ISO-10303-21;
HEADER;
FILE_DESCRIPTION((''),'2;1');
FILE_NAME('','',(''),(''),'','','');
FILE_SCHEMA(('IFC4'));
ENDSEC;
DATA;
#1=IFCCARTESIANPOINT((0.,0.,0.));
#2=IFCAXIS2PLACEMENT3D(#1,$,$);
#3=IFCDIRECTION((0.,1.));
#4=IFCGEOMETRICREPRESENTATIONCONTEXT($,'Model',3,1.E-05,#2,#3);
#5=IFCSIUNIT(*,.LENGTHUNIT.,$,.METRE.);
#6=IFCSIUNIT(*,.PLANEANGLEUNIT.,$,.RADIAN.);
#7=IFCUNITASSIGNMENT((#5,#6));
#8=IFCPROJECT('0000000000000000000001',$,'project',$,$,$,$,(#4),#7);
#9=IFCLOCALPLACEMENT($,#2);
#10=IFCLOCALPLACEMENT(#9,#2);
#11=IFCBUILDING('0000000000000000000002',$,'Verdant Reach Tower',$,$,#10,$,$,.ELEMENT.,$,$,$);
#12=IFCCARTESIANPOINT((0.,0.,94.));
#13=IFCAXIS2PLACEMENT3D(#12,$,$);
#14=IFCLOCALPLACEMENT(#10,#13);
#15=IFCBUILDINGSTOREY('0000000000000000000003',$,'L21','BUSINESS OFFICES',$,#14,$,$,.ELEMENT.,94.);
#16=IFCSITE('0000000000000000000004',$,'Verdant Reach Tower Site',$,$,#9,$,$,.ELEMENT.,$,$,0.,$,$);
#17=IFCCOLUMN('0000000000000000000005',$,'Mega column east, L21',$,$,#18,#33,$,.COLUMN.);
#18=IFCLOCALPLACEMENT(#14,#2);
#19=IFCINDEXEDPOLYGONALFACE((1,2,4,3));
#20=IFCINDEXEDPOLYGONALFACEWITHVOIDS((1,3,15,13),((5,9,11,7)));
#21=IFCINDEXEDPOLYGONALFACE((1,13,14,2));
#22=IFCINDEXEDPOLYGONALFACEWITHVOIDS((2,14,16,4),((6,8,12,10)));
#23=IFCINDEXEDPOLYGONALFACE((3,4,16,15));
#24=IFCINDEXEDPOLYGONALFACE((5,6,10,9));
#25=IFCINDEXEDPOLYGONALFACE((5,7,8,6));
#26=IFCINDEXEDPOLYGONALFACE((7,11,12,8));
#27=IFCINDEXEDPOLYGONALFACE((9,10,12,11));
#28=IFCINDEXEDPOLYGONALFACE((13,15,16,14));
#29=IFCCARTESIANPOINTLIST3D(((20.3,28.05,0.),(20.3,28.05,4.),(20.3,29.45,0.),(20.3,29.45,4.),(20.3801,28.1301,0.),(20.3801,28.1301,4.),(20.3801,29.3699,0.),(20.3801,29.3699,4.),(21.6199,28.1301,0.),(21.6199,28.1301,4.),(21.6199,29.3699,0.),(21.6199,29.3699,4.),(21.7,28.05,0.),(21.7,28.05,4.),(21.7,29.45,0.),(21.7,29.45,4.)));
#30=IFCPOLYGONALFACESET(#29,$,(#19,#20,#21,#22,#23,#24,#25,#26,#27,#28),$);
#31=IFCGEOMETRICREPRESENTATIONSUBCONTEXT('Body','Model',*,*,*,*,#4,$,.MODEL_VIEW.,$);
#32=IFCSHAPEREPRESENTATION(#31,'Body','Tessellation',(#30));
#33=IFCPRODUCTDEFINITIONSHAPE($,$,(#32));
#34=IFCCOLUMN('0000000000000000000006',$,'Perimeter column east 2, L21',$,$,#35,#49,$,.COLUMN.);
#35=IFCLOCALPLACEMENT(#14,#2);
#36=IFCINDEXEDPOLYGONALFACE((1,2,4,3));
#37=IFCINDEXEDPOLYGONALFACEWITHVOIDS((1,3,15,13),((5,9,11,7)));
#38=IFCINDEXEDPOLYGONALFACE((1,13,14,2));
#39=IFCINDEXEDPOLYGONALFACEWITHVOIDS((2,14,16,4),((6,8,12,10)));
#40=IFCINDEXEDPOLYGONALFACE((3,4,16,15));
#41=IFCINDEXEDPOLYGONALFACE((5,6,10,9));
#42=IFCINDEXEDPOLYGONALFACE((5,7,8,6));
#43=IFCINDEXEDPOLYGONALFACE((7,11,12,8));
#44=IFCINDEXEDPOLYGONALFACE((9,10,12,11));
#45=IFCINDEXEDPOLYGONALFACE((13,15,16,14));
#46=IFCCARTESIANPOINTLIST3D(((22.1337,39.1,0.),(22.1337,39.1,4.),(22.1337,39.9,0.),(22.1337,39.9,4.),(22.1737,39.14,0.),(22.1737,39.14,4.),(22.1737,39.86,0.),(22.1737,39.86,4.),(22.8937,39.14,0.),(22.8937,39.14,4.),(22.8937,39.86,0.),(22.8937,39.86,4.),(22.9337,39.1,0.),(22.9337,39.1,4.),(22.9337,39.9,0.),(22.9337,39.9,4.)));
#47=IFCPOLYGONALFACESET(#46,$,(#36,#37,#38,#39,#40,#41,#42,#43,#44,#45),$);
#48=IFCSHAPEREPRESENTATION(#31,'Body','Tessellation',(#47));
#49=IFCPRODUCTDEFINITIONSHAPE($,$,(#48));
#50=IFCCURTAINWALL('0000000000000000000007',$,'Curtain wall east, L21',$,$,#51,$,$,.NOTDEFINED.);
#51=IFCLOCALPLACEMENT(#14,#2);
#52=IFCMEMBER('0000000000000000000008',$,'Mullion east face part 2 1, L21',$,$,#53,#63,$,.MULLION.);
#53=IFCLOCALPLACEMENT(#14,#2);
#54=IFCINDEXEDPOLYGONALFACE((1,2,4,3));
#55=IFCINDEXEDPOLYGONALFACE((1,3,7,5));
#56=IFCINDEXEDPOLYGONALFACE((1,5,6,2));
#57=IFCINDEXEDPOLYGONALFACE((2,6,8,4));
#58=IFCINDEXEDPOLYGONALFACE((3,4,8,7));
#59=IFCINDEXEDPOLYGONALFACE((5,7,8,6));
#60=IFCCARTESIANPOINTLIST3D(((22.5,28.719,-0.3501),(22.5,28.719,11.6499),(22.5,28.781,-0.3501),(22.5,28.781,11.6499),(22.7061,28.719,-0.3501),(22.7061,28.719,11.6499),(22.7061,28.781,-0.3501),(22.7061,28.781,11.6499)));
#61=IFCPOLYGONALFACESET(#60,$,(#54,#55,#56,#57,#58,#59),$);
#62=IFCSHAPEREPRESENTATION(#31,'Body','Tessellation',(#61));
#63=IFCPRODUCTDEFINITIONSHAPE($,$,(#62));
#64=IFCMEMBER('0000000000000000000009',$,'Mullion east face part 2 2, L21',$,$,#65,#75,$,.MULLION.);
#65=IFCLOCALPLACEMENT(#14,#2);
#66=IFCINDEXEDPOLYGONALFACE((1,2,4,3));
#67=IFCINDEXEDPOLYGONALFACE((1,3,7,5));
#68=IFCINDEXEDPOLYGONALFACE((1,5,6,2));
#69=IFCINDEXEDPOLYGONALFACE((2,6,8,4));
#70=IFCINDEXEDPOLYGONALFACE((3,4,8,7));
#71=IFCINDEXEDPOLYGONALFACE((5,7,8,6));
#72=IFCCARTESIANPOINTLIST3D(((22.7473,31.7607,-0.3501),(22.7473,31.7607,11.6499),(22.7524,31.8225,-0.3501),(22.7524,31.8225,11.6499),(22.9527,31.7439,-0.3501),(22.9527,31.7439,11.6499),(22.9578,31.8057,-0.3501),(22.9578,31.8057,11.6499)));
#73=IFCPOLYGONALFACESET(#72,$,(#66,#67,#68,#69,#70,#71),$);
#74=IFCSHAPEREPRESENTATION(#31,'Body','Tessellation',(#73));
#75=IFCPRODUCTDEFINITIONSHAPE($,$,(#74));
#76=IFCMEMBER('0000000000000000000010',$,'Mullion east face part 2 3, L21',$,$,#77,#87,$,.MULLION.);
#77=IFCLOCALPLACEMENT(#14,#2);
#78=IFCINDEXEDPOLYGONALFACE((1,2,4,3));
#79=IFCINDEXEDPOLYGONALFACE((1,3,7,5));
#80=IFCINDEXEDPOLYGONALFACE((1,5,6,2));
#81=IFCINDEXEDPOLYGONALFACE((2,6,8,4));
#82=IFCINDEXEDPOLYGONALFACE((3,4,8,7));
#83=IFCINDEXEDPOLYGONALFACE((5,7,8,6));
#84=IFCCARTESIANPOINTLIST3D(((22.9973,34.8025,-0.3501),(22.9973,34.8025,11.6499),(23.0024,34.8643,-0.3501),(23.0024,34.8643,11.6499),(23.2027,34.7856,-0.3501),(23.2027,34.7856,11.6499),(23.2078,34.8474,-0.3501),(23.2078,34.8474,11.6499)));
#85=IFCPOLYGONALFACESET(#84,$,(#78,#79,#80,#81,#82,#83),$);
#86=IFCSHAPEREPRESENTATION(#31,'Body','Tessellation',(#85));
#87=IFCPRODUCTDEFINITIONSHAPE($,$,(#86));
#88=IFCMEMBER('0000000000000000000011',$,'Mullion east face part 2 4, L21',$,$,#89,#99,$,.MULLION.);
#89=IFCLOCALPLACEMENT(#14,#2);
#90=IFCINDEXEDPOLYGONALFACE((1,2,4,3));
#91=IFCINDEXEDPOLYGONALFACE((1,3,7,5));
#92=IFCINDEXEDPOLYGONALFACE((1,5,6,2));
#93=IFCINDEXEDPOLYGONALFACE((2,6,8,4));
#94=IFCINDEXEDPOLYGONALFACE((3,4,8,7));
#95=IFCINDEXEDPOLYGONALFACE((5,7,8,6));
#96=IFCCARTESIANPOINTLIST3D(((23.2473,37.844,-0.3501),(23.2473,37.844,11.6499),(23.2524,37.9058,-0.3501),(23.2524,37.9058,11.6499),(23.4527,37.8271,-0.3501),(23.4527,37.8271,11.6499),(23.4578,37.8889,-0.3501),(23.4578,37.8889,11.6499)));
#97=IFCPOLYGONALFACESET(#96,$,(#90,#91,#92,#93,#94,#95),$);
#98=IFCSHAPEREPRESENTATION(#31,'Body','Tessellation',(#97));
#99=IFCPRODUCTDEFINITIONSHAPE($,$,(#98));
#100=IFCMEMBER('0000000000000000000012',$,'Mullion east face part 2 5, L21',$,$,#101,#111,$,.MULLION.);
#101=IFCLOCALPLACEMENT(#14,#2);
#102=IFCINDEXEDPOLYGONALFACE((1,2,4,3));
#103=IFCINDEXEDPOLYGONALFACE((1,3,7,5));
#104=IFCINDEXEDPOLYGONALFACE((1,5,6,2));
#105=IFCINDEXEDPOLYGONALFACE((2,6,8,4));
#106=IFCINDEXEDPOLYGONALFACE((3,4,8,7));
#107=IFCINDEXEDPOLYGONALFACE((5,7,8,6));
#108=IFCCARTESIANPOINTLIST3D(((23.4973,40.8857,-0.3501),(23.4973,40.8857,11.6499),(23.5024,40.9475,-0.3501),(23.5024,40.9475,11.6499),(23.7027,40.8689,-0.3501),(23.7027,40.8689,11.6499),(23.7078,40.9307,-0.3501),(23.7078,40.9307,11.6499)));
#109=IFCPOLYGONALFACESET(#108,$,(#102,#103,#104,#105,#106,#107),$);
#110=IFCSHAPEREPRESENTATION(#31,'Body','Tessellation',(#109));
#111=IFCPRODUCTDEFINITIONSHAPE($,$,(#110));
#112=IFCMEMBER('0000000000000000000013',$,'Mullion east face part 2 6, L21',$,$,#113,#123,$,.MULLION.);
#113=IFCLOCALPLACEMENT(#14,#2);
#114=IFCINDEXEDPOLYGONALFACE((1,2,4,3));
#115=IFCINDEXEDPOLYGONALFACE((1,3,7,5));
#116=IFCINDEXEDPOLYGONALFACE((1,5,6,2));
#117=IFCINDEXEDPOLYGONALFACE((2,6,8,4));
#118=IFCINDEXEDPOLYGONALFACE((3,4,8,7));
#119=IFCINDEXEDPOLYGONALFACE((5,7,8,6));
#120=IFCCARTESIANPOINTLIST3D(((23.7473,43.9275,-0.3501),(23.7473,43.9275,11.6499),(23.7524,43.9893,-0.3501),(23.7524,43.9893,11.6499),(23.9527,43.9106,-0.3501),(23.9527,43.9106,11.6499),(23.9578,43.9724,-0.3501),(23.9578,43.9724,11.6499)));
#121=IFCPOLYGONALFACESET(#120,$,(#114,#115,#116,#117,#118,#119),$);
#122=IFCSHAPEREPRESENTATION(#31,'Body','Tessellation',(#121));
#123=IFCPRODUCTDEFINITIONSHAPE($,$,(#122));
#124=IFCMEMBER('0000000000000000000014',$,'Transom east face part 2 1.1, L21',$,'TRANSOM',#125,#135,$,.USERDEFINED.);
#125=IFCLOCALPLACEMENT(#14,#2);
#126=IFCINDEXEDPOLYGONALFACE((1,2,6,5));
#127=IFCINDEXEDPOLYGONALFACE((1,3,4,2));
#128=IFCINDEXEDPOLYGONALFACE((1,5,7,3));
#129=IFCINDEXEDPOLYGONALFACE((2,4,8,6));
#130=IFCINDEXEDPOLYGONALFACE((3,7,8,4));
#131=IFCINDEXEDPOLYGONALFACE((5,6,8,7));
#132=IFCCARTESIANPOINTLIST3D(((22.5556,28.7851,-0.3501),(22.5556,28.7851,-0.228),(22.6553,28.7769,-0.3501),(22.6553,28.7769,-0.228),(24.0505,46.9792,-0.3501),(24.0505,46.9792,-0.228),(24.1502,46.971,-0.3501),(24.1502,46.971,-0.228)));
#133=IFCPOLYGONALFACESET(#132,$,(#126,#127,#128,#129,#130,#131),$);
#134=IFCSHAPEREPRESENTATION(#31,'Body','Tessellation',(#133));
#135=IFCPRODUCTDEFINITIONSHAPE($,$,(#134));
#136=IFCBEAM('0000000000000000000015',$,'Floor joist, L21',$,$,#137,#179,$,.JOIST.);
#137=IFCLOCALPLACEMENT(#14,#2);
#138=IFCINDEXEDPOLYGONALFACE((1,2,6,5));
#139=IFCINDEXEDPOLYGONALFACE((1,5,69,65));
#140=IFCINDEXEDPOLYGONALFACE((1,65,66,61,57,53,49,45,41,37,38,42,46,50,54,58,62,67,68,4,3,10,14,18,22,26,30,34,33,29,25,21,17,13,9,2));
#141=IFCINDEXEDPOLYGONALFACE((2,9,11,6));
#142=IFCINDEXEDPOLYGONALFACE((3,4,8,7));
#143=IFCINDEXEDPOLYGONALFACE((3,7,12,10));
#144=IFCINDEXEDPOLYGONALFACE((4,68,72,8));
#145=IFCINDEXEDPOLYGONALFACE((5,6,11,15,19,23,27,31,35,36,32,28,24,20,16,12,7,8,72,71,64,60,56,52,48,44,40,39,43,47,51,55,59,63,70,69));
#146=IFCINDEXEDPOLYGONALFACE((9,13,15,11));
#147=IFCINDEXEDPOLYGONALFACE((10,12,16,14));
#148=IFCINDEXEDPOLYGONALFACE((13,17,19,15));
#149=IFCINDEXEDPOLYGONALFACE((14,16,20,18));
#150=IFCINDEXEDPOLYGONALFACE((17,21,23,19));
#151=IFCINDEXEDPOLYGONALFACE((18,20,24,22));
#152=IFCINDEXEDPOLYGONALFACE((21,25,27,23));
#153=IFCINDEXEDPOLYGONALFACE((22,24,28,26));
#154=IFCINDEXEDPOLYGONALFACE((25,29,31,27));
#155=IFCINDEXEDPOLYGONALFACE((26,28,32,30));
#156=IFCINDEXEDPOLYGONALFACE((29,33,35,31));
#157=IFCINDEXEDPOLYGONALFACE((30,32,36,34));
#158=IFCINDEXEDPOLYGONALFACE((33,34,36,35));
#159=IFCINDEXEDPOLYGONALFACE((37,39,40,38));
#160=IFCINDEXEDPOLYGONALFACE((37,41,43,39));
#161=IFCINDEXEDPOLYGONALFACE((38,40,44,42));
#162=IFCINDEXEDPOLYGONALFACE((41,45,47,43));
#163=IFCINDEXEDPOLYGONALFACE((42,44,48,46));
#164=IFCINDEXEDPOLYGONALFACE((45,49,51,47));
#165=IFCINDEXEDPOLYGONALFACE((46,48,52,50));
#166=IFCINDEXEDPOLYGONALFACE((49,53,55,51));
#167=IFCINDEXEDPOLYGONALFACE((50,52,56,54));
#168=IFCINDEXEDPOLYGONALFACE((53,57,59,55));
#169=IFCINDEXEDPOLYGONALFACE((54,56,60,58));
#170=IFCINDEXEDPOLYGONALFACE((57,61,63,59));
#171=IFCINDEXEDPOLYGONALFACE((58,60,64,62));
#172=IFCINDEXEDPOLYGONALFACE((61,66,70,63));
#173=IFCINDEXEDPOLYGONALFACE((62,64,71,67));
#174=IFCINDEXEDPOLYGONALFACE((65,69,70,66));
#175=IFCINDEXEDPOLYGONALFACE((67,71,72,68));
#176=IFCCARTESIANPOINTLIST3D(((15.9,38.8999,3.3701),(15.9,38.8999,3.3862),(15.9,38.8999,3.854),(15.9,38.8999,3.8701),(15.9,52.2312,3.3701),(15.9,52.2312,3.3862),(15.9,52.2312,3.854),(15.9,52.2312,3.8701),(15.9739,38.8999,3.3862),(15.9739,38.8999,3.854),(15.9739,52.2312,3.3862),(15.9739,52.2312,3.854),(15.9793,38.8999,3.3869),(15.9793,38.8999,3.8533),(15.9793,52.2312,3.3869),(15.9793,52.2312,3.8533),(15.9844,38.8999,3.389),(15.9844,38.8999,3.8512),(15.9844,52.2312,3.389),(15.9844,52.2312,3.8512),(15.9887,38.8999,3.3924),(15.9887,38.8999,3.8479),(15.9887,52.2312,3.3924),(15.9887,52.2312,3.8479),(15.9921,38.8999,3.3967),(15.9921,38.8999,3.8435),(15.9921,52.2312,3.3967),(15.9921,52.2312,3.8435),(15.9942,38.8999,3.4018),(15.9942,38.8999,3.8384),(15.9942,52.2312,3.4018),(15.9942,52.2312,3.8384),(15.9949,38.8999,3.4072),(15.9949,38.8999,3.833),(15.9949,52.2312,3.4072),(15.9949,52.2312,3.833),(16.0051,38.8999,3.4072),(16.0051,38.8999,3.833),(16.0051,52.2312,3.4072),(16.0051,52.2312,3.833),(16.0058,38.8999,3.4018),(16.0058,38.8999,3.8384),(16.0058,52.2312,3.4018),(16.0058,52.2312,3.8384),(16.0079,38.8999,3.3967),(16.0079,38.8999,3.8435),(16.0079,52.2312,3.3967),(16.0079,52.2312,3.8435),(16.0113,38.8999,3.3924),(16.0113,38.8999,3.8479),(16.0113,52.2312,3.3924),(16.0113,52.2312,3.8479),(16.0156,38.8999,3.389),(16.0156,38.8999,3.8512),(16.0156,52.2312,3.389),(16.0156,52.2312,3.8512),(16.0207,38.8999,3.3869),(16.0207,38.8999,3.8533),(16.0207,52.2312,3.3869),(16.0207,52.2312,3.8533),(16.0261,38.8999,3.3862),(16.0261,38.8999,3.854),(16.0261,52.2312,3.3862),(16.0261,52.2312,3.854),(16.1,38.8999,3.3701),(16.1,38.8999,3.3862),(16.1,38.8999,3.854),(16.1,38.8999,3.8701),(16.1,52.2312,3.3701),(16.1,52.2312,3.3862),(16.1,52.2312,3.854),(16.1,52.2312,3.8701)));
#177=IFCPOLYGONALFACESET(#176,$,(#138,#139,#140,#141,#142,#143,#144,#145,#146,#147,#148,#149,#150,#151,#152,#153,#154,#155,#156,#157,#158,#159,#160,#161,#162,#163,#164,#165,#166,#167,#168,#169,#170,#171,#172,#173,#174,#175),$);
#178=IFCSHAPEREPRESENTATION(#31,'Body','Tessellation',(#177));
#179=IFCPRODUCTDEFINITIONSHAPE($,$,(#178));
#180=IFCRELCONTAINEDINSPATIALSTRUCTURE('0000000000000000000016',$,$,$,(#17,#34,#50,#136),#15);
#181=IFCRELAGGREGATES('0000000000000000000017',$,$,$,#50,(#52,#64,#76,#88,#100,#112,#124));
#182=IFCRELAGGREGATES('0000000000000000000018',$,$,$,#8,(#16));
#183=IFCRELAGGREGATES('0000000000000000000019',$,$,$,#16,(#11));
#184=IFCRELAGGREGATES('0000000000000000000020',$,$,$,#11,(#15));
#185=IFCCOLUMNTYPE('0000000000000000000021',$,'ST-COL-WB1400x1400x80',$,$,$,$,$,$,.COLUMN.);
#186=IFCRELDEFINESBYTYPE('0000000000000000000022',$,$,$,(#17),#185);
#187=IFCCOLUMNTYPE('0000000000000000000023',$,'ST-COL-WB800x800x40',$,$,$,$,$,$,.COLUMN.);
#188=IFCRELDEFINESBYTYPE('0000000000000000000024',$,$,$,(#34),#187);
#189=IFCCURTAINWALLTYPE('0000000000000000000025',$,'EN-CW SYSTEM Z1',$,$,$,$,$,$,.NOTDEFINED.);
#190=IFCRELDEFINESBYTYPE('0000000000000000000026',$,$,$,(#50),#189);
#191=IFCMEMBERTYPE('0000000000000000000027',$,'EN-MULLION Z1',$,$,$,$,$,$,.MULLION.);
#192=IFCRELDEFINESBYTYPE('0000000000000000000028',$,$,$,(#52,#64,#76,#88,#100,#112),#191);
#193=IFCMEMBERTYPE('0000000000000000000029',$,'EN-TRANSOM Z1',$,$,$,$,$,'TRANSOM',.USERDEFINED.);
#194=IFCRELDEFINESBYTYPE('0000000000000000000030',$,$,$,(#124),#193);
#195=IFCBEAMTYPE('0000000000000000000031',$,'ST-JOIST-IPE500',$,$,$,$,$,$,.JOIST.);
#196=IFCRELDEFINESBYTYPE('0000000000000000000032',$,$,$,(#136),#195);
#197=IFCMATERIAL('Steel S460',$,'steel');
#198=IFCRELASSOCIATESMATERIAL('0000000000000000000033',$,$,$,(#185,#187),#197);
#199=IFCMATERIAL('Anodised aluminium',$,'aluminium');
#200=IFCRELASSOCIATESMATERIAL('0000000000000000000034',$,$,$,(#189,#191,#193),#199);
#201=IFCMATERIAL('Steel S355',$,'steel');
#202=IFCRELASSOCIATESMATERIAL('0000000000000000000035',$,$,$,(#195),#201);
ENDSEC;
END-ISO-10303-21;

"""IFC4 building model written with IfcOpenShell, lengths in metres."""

from ifc_helpers import new_model, si_unit, direction, frame, origin, origin_2d, place, context, subcontext, project, spatial, rectangle, hollow_rectangle, i_section, extrude, material, material_profile, profile_set, type_object, element, aggregate, save


model = new_model("IFC4")

# Units and contexts
model_context = context("Model", 3, precision=1e-05, world=origin(), true_north=direction((0.0, 1.0)))
body_context = subcontext(model_context, "Body", "Model", "MODEL_VIEW")
ifc_project = project(units=[si_unit("LENGTHUNIT", "METRE"), si_unit("PLANEANGLEUNIT", "RADIAN")], contexts=[model_context])

# Site, building, storey
site_placement = place(None, origin())
site = spatial("IfcSite", under=ifc_project, at=site_placement, Name="Verdant Reach Tower Site", CompositionType="ELEMENT", RefElevation=0.0)
building_placement = place(site_placement, origin())
building = spatial("IfcBuilding", under=site, at=building_placement, Name="Verdant Reach Tower", CompositionType="ELEMENT")
storey_placement = place(building_placement, frame((0.0, 0.0, 94.0)))
storey = spatial("IfcBuildingStorey", under=building, at=storey_placement, Name="L21", Description="BUSINESS OFFICES", CompositionType="ELEMENT", Elevation=94.0)

# Columns
ifc_material_1 = material(Name="Steel S460", Category="steel")
ifc_material_profile_1 = material_profile(ifc_material_1, hollow_rectangle(XDim=1.3999, YDim=1.3999, WallThickness=0.0801, at=origin_2d()), Name="WB 1400x1400x80")
ifc_profile_set_1 = profile_set([ifc_material_profile_1], Name="Steel S460")
column_type_1 = type_object("IfcColumnType", Name="ST-COL-WB1400x1400x80", PredefinedType="COLUMN", material=ifc_profile_set_1)
column_1_placement = place(storey_placement, frame((21.0, 28.75, 0.0), z_axis=(0.0, 0.0, 1.0), x_axis=(1.0, 0.0, 0.0)))
element("IfcColumn", 1, at=column_1_placement, inside=storey, type_object=column_type_1, Name="Mega column east, L21", PredefinedType="COLUMN", context=body_context, shape_type="SweptSolid", body=[
    extrude(hollow_rectangle(XDim=1.3999, YDim=1.3999, WallThickness=0.0801, at=origin_2d()), origin(), (0.0, 0.0, 1.0), 4.0),
])
ifc_material_profile_2 = material_profile(ifc_material_1, hollow_rectangle(XDim=0.8, YDim=0.8, WallThickness=0.04, at=origin_2d()), Name="WB 800x800x40")
ifc_profile_set_2 = profile_set([ifc_material_profile_2], Name="Steel S460")
column_type_2 = type_object("IfcColumnType", Name="ST-COL-WB800x800x40", PredefinedType="COLUMN", material=ifc_profile_set_2)
column_2_placement = place(storey_placement, frame((22.5337, 39.5, 0.0), z_axis=(0.0, 0.0, 1.0), x_axis=(1.0, 0.0, 0.0)))
element("IfcColumn", 2, at=column_2_placement, inside=storey, type_object=column_type_2, Name="Perimeter column east 2, L21", PredefinedType="COLUMN", context=body_context, shape_type="SweptSolid", body=[
    extrude(hollow_rectangle(XDim=0.8, YDim=0.8, WallThickness=0.04, at=origin_2d()), origin(), (0.0, 0.0, 1.0), 4.0),
])

# Curtain wall, members
ifc_material_2 = material(Name="Anodised aluminium", Category="aluminium")
curtain_wall_type = type_object("IfcCurtainWallType", Name="EN-CW SYSTEM Z1", PredefinedType="NOTDEFINED", material=ifc_material_2)
curtain_wall_placement = place(storey_placement, origin())
curtain_wall = element("IfcCurtainWall", 3, at=curtain_wall_placement, inside=storey, type_object=curtain_wall_type, Name="Curtain wall east, L21", PredefinedType="NOTDEFINED")
ifc_material_profile_3 = material_profile(ifc_material_2, rectangle(XDim=0.2061, YDim=0.062, at=origin_2d()), Name="Mullion 62x206")
ifc_profile_set_3 = profile_set([ifc_material_profile_3], Name="Anodised aluminium")
member_type_1 = type_object("IfcMemberType", Name="EN-MULLION Z1", PredefinedType="MULLION", material=ifc_profile_set_3)
member_1_placement = place(storey_placement, frame((22.603, 28.75, -0.3501), z_axis=(0.0, 0.0, 1.0), x_axis=(1.0, 0.0, 0.0)))
member_1 = element("IfcMember", 4, at=member_1_placement, type_object=member_type_1, Name="Mullion east face part 2 1, L21", PredefinedType="MULLION", context=body_context, shape_type="SweptSolid", body=[
    extrude(rectangle(XDim=0.2061, YDim=0.062, at=origin_2d()), origin(), (0.0, 0.0, 1.0), 12.0),
])
member_2_placement = place(storey_placement, frame((22.8525, 31.7832, -0.3501), z_axis=(0.0, 0.0, 1.0), x_axis=(0.996639, -0.081916, 0.0)))
member_2 = element("IfcMember", 5, at=member_2_placement, type_object=member_type_1, Name="Mullion east face part 2 2, L21", PredefinedType="MULLION", context=body_context, shape_type="SweptSolid", body=[
    extrude(rectangle(XDim=0.2061, YDim=0.062, at=origin_2d()), origin(), (0.0, 0.0, 1.0), 12.0),
])
member_3_placement = place(storey_placement, frame((23.1025, 34.825, -0.3501), z_axis=(0.0, 0.0, 1.0), x_axis=(0.996639, -0.081916, 0.0)))
member_3 = element("IfcMember", 6, at=member_3_placement, type_object=member_type_1, Name="Mullion east face part 2 3, L21", PredefinedType="MULLION", context=body_context, shape_type="SweptSolid", body=[
    extrude(rectangle(XDim=0.2061, YDim=0.062, at=origin_2d()), origin(), (0.0, 0.0, 1.0), 12.0),
])
member_4_placement = place(storey_placement, frame((23.3525, 37.8665, -0.3501), z_axis=(0.0, 0.0, 1.0), x_axis=(0.996639, -0.081916, 0.0)))
member_4 = element("IfcMember", 7, at=member_4_placement, type_object=member_type_1, Name="Mullion east face part 2 4, L21", PredefinedType="MULLION", context=body_context, shape_type="SweptSolid", body=[
    extrude(rectangle(XDim=0.2061, YDim=0.062, at=origin_2d()), origin(), (0.0, 0.0, 1.0), 12.0),
])
member_5_placement = place(storey_placement, frame((23.6025, 40.9082, -0.3501), z_axis=(0.0, 0.0, 1.0), x_axis=(0.996639, -0.081916, 0.0)))
member_5 = element("IfcMember", 8, at=member_5_placement, type_object=member_type_1, Name="Mullion east face part 2 5, L21", PredefinedType="MULLION", context=body_context, shape_type="SweptSolid", body=[
    extrude(rectangle(XDim=0.2061, YDim=0.062, at=origin_2d()), origin(), (0.0, 0.0, 1.0), 12.0),
])
member_6_placement = place(storey_placement, frame((23.8525, 43.95, -0.3501), z_axis=(0.0, 0.0, 1.0), x_axis=(0.996639, -0.081916, 0.0)))
member_6 = element("IfcMember", 9, at=member_6_placement, type_object=member_type_1, Name="Mullion east face part 2 6, L21", PredefinedType="MULLION", context=body_context, shape_type="SweptSolid", body=[
    extrude(rectangle(XDim=0.2061, YDim=0.062, at=origin_2d()), origin(), (0.0, 0.0, 1.0), 12.0),
])
ifc_material_profile_4 = material_profile(ifc_material_2, rectangle(XDim=0.1001, YDim=0.1221, at=origin_2d()), Name="Transom 122x100")
ifc_profile_set_4 = profile_set([ifc_material_profile_4], Name="Anodised aluminium")
member_type_2 = type_object("IfcMemberType", Name="EN-TRANSOM Z1", ElementType="TRANSOM", PredefinedType="USERDEFINED", material=ifc_profile_set_4)
member_7_placement = place(storey_placement, frame((22.6055, 28.781, -0.2891), z_axis=(0.081887, 0.996642, 0.0), x_axis=(-0.996642, 0.081887, 0.0)))
member_7 = element("IfcMember", 10, at=member_7_placement, type_object=member_type_2, Name="Transom east face part 2 1.1, L21", ObjectType="TRANSOM", PredefinedType="USERDEFINED", context=body_context, shape_type="SweptSolid", body=[
    extrude(rectangle(XDim=0.1001, YDim=0.1221, at=origin_2d()), origin(), (0.0, 0.0, 1.0), 18.2554),
])

# Beam
ifc_material_3 = material(Name="Steel S355", Category="steel")
ifc_material_profile_5 = material_profile(ifc_material_3, i_section(OverallWidth=0.2, OverallDepth=0.5, WebThickness=0.0103, FlangeThickness=0.0161, FilletRadius=0.021, at=origin_2d()), Name="IPE 500")
ifc_profile_set_5 = profile_set([ifc_material_profile_5], Name="Steel S355")
beam_type_1 = type_object("IfcBeamType", Name="ST-JOIST-IPE500", PredefinedType="JOIST", material=ifc_profile_set_5)
beam_1_placement = place(storey_placement, frame((16.0, 38.8999, 3.6201), z_axis=(0.0, 1.0, 0.0), x_axis=(-1.0, 0.0, 0.0)))
element("IfcBeam", 11, at=beam_1_placement, inside=storey, type_object=beam_type_1, Name="Floor joist, L21", PredefinedType="JOIST", context=body_context, shape_type="SweptSolid", body=[
    extrude(i_section(OverallWidth=0.2, OverallDepth=0.5, WebThickness=0.0103, FlangeThickness=0.0161, FilletRadius=0.021, at=origin_2d()), origin(), (0.0, 0.0, 1.0), 13.3313),
])

aggregate(curtain_wall, [member_1, member_2, member_3, member_4, member_5, member_6, member_7])

save(model, "model.ifc")
